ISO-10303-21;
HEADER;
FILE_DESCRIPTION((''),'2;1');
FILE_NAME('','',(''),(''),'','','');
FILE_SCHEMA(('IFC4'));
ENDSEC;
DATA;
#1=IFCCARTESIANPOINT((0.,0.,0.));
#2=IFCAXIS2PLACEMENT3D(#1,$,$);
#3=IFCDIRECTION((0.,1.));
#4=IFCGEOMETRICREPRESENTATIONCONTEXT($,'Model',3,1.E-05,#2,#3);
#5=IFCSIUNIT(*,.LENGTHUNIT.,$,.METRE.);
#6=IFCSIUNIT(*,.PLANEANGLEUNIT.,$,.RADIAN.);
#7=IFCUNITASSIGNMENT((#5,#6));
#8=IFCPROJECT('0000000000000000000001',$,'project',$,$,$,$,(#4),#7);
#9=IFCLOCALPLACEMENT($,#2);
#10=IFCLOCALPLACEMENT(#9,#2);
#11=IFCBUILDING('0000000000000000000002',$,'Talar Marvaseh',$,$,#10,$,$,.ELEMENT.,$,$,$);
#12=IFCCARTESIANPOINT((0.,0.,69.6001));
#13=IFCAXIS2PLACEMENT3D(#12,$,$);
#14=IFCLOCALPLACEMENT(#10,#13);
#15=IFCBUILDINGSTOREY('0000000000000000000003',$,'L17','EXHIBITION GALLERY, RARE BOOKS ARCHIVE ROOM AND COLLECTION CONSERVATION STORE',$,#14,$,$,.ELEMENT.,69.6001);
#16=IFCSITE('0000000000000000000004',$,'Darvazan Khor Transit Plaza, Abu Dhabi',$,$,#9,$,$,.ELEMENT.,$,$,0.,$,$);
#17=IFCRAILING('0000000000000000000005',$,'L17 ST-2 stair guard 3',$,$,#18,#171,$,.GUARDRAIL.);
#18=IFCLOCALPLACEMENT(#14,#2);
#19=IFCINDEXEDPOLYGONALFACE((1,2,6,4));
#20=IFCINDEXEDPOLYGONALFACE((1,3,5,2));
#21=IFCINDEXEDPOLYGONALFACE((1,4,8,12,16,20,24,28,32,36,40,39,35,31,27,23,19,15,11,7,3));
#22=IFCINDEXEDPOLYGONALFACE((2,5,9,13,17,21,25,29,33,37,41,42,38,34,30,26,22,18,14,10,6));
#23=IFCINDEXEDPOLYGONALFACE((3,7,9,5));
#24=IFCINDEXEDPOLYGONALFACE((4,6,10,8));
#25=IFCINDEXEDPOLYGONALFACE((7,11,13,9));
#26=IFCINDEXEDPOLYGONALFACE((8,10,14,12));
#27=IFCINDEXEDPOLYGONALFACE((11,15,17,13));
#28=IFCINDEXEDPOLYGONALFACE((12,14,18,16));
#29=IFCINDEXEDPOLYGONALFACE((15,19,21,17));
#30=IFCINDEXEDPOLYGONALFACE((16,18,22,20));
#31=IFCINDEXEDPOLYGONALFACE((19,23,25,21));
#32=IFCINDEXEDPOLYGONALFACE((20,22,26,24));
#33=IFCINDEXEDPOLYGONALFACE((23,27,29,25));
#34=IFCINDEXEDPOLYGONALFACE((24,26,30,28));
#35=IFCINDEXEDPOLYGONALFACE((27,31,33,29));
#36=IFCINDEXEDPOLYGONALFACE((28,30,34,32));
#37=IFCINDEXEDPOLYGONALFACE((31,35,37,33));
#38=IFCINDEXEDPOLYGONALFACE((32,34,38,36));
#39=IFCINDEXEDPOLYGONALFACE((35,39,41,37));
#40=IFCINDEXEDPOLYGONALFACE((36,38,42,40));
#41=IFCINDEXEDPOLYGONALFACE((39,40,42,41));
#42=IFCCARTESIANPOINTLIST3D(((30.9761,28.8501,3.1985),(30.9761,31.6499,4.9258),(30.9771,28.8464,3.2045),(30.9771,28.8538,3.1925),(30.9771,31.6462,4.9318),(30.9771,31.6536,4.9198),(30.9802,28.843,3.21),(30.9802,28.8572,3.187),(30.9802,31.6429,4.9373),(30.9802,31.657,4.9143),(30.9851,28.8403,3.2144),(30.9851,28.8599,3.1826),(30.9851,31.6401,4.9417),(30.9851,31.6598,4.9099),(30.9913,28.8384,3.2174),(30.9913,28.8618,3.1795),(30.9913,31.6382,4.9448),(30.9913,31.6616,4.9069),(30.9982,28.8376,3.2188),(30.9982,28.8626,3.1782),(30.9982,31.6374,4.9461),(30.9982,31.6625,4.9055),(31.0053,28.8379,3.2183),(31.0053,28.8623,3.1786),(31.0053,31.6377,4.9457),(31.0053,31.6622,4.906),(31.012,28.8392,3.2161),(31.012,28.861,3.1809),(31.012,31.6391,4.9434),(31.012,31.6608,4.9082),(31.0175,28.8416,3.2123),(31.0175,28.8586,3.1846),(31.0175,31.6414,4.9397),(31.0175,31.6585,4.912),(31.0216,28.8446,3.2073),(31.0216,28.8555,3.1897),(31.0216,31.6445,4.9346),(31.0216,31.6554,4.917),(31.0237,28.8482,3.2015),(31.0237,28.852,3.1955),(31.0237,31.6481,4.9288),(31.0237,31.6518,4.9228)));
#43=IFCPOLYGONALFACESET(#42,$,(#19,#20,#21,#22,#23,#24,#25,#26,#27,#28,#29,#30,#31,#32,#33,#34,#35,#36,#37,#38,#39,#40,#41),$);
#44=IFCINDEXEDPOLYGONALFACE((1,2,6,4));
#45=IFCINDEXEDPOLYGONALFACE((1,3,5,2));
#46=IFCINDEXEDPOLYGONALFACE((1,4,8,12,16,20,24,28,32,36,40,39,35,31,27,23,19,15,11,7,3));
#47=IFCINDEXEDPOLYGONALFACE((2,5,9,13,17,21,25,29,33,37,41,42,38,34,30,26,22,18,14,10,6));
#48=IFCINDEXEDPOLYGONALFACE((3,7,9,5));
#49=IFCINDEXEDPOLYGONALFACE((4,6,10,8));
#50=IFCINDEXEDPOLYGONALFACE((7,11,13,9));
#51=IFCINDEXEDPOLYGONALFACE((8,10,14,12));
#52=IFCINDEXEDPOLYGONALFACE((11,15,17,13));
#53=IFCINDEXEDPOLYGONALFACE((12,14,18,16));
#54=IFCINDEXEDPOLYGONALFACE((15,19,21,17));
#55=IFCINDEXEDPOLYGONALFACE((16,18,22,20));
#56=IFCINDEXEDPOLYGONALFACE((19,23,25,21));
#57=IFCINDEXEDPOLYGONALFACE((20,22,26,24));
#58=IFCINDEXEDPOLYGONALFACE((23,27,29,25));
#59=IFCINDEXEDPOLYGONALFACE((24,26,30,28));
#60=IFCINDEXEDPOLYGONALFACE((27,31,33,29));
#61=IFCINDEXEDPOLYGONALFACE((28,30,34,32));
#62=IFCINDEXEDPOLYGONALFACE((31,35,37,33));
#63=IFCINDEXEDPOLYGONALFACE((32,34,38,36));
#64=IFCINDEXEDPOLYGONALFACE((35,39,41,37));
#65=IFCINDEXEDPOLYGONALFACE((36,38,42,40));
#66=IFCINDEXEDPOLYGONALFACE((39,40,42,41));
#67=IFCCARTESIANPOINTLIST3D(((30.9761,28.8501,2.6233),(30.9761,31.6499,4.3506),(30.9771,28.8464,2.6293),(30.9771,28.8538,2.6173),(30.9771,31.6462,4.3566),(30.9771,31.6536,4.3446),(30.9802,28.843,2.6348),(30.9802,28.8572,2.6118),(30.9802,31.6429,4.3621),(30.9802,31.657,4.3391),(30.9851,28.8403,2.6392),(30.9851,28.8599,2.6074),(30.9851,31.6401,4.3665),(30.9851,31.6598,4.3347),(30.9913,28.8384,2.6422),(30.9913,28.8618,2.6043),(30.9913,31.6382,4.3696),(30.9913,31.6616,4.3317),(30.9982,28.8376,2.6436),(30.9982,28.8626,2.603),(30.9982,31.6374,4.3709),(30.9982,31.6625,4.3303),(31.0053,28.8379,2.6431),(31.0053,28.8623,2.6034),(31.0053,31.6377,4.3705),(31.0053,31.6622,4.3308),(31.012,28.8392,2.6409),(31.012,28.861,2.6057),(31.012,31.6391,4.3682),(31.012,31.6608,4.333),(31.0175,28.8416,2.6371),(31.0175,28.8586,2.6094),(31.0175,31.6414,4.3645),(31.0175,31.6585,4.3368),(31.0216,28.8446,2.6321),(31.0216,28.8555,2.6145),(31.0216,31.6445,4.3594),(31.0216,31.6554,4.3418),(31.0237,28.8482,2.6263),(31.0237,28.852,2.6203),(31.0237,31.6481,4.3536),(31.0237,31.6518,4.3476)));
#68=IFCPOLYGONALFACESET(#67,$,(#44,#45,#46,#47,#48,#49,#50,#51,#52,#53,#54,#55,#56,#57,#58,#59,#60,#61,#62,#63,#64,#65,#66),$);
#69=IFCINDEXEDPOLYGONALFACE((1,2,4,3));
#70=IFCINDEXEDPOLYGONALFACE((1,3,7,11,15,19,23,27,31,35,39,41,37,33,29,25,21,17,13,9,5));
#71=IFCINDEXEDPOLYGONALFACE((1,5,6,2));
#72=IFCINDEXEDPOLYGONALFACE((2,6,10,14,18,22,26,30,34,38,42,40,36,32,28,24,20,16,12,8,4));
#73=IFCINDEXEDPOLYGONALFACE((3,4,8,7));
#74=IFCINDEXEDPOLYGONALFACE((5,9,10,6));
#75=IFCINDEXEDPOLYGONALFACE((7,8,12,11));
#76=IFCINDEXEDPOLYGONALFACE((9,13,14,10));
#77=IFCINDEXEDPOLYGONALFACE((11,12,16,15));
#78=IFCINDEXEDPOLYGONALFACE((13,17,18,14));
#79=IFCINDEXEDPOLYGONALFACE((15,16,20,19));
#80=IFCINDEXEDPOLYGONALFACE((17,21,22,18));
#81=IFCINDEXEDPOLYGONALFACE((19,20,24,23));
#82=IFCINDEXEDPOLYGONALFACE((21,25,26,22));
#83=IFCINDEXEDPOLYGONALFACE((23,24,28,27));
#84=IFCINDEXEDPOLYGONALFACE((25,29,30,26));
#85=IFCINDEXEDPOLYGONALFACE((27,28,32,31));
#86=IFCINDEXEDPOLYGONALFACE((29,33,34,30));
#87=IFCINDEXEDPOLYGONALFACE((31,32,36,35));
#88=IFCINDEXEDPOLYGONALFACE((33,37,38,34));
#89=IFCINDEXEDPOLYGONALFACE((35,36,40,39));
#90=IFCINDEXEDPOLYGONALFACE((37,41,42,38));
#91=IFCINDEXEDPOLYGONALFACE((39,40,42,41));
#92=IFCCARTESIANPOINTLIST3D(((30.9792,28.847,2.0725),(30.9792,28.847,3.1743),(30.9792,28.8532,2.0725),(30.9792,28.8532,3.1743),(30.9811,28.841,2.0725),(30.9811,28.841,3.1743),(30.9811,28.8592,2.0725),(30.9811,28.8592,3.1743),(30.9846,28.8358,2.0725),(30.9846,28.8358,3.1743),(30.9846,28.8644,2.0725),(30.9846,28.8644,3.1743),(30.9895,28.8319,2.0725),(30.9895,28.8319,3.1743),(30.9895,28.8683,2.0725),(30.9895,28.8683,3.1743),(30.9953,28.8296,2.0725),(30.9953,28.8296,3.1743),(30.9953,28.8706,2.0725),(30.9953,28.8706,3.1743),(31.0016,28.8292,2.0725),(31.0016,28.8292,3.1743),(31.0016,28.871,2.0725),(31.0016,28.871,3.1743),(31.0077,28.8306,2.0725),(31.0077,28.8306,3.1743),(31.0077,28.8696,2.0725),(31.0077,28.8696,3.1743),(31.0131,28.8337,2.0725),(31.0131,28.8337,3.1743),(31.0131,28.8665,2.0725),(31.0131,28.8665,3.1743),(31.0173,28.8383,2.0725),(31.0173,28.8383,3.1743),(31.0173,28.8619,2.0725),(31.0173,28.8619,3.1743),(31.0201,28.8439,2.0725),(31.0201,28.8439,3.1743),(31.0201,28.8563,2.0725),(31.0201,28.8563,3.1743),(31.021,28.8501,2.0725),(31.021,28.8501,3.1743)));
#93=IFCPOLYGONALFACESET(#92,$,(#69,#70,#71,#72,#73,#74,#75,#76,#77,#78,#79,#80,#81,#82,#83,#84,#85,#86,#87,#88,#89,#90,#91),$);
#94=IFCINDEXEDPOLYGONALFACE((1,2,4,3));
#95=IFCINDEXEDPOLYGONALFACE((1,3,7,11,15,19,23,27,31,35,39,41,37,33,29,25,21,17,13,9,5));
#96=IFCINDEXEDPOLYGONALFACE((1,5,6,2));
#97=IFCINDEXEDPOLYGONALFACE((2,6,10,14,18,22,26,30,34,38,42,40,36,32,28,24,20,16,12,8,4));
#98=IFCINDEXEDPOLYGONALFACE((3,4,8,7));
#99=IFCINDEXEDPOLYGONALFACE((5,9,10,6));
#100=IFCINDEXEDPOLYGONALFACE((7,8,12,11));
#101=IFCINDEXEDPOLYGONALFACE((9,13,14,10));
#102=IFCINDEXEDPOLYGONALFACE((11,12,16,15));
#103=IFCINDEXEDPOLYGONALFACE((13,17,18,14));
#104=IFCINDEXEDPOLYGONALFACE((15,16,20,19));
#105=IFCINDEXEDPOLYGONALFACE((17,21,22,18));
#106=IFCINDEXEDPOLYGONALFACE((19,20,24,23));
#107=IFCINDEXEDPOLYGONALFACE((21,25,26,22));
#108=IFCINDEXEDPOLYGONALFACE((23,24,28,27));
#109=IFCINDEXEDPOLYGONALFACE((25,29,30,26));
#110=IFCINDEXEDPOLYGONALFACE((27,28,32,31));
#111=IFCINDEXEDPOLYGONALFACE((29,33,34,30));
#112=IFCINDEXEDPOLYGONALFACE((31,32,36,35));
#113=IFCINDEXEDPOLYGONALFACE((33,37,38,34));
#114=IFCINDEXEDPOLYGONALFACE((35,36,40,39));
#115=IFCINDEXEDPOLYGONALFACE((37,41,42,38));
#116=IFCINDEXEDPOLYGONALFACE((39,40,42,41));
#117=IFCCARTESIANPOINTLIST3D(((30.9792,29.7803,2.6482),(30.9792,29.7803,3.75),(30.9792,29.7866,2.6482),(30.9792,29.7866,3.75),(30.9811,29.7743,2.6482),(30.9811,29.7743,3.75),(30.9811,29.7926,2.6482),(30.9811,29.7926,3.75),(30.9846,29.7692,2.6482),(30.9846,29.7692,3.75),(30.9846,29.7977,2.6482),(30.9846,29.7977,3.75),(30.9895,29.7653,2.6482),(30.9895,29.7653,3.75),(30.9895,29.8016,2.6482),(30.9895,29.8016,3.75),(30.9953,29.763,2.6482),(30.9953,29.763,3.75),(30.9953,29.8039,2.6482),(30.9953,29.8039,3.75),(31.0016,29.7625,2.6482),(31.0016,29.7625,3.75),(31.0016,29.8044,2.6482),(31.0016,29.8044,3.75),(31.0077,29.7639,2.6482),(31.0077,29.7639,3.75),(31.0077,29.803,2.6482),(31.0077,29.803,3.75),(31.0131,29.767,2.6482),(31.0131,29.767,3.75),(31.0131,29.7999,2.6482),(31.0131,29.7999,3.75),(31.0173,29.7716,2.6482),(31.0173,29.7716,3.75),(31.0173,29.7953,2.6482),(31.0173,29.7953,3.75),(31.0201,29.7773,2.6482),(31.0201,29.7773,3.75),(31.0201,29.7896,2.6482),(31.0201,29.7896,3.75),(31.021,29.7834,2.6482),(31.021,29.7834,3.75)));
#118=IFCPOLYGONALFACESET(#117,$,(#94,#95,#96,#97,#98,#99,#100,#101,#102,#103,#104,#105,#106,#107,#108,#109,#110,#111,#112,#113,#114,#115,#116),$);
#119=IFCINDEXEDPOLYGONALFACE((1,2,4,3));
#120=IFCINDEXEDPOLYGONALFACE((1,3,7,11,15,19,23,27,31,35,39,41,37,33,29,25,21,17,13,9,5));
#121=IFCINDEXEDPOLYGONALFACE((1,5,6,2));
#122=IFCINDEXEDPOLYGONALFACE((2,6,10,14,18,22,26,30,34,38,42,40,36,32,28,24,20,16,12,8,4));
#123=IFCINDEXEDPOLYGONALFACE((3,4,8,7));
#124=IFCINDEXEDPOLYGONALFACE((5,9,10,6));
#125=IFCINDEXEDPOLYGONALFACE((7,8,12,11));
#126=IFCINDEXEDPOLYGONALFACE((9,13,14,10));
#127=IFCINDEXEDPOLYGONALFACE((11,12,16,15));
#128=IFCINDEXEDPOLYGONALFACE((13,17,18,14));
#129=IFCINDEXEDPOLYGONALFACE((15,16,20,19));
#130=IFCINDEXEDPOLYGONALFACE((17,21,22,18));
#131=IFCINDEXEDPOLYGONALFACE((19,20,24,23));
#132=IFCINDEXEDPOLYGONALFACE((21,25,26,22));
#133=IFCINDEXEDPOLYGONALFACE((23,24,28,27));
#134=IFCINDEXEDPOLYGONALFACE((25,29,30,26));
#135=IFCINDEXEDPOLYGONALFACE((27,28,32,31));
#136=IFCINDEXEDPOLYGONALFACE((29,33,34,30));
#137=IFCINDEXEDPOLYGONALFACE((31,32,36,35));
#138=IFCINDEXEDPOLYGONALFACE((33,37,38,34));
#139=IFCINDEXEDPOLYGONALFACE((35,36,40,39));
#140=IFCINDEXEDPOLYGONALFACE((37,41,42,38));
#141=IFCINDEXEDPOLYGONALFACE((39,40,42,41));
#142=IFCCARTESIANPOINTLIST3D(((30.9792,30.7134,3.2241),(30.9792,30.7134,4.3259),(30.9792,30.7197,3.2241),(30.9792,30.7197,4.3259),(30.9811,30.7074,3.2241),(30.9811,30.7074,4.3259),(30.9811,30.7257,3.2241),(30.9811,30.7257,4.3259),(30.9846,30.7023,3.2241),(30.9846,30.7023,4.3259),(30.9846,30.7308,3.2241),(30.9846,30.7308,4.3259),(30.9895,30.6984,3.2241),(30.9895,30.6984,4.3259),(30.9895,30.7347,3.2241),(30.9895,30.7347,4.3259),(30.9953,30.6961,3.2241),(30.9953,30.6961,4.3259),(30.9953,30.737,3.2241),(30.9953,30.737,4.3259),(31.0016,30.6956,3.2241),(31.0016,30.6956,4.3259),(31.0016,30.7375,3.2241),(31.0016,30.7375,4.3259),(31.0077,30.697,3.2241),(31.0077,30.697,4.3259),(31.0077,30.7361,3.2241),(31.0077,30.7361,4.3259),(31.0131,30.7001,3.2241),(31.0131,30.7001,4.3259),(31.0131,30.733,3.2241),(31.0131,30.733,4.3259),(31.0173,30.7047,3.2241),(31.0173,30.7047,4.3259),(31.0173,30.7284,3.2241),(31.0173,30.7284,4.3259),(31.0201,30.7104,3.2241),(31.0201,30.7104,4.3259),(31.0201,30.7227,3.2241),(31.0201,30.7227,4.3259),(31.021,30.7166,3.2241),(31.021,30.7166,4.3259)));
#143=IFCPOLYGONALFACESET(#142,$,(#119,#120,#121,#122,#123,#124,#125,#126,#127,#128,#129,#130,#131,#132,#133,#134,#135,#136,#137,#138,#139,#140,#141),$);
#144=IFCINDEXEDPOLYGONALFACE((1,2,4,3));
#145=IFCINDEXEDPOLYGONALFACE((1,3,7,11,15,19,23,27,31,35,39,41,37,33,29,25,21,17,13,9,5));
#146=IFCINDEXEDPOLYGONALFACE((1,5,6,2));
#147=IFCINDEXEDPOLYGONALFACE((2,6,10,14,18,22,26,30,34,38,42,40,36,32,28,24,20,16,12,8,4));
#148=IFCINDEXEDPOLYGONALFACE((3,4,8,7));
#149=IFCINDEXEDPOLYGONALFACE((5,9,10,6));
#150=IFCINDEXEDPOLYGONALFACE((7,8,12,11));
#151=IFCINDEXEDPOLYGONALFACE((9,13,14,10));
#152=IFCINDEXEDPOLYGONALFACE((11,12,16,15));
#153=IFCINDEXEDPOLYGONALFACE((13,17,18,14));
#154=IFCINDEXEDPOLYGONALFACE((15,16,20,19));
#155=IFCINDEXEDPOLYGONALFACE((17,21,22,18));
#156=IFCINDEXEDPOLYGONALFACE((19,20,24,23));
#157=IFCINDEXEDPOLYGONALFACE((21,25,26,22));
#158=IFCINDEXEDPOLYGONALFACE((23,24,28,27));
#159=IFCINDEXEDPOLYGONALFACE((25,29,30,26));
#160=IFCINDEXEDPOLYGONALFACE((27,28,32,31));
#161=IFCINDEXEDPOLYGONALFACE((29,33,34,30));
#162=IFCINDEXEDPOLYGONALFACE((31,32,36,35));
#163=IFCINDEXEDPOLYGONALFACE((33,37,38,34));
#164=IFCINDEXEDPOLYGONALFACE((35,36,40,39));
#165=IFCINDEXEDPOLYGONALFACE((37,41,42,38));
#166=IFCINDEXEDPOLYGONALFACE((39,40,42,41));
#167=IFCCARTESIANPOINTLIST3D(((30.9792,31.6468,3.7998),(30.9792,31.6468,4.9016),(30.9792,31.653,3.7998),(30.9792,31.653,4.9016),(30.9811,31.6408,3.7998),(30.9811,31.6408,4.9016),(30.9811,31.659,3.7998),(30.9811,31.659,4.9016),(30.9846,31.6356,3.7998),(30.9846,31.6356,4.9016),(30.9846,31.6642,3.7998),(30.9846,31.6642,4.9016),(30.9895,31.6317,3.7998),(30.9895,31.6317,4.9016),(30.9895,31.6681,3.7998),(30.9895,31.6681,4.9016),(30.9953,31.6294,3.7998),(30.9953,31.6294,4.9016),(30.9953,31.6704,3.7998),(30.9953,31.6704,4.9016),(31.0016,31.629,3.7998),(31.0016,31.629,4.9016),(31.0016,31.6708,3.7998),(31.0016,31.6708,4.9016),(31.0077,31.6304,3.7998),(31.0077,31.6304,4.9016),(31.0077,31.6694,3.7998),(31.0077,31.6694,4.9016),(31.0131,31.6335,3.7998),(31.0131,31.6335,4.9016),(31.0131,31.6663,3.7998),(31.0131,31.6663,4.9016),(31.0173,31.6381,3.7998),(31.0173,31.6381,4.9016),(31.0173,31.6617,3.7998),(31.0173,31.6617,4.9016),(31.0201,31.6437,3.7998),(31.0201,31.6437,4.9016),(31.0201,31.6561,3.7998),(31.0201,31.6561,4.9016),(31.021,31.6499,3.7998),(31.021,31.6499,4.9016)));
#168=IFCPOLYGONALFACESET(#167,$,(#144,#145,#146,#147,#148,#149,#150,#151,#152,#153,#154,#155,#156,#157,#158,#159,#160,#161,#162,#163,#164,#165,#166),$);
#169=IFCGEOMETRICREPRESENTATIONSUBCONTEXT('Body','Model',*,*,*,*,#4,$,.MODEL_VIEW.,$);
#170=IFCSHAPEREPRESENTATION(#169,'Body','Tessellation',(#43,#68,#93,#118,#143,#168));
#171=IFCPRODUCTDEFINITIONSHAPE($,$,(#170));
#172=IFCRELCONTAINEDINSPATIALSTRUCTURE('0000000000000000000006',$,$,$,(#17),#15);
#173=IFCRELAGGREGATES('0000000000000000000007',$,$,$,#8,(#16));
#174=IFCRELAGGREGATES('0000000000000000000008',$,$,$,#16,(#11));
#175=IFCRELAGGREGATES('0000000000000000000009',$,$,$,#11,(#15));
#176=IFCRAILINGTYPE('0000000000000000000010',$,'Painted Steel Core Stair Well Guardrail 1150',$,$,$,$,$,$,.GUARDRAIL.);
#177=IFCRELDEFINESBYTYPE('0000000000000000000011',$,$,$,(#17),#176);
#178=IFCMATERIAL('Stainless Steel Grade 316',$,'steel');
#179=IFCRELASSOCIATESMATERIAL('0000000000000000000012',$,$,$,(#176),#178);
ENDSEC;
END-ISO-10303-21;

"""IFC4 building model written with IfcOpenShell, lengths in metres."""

from ifc_helpers import new_model, si_unit, direction, frame, origin, origin_2d, place, context, subcontext, project, spatial, circle, extrude, material, type_object, element, save


model = new_model("IFC4")

# Units and contexts
model_context = context("Model", 3, precision=1e-05, world=origin(), true_north=direction((0.0, 1.0)))
body_context = subcontext(model_context, "Body", "Model", "MODEL_VIEW")
ifc_project = project(units=[si_unit("LENGTHUNIT", "METRE"), si_unit("PLANEANGLEUNIT", "RADIAN")], contexts=[model_context])

# Site, building, storey
site_placement = place(None, origin())
site = spatial("IfcSite", under=ifc_project, at=site_placement, Name="Darvazan Khor Transit Plaza, Abu Dhabi", CompositionType="ELEMENT", RefElevation=0.0)
building_placement = place(site_placement, origin())
building = spatial("IfcBuilding", under=site, at=building_placement, Name="Talar Marvaseh", CompositionType="ELEMENT")
storey_placement = place(building_placement, frame((0.0, 0.0, 69.6001)))
storey = spatial("IfcBuildingStorey", under=building, at=storey_placement, Name="L17", Description="EXHIBITION GALLERY, RARE BOOKS ARCHIVE ROOM AND COLLECTION CONSERVATION STORE", CompositionType="ELEMENT", Elevation=69.6001)

# Railing
ifc_material_1 = material(Name="Stainless Steel Grade 316", Category="steel")
railing_type_1 = type_object("IfcRailingType", Name="Painted Steel Core Stair Well Guardrail 1150", PredefinedType="GUARDRAIL", material=ifc_material_1)
railing_1_placement = place(storey_placement, frame((31.0, 28.8501, 2.0725)))
element("IfcRailing", 1, at=railing_1_placement, inside=storey, type_object=railing_type_1, Name="L17 ST-2 stair guard 3", PredefinedType="GUARDRAIL", context=body_context, shape_type="SweptSolid", body=[
    extrude(circle(Radius=0.0239, at=origin_2d()), frame((0.0, 0.0, 1.126), z_axis=(0.0, 0.851069, 0.525054), x_axis=(-1.0, 0.0, 0.0)), (0.0, 0.0, 1.0), 3.2898),
    extrude(circle(Radius=0.0239, at=origin_2d()), frame((0.0, 0.0, 0.5508), z_axis=(0.0, 0.851069, 0.525054), x_axis=(-1.0, 0.0, 0.0)), (0.0, 0.0, 1.0), 3.2898),
    extrude(circle(Radius=0.021, at=origin_2d()), origin(), (0.0, 0.0, 1.0), 1.1018),
    extrude(circle(Radius=0.021, at=origin_2d()), frame((0.0, 0.9333, 0.5757)), (0.0, 0.0, 1.0), 1.1018),
    extrude(circle(Radius=0.021, at=origin_2d()), frame((0.0, 1.8665, 1.1516)), (0.0, 0.0, 1.0), 1.1018),
    extrude(circle(Radius=0.021, at=origin_2d()), frame((0.0, 2.7998, 1.7273)), (0.0, 0.0, 1.0), 1.1018),
])

save(model, "model.ifc")
